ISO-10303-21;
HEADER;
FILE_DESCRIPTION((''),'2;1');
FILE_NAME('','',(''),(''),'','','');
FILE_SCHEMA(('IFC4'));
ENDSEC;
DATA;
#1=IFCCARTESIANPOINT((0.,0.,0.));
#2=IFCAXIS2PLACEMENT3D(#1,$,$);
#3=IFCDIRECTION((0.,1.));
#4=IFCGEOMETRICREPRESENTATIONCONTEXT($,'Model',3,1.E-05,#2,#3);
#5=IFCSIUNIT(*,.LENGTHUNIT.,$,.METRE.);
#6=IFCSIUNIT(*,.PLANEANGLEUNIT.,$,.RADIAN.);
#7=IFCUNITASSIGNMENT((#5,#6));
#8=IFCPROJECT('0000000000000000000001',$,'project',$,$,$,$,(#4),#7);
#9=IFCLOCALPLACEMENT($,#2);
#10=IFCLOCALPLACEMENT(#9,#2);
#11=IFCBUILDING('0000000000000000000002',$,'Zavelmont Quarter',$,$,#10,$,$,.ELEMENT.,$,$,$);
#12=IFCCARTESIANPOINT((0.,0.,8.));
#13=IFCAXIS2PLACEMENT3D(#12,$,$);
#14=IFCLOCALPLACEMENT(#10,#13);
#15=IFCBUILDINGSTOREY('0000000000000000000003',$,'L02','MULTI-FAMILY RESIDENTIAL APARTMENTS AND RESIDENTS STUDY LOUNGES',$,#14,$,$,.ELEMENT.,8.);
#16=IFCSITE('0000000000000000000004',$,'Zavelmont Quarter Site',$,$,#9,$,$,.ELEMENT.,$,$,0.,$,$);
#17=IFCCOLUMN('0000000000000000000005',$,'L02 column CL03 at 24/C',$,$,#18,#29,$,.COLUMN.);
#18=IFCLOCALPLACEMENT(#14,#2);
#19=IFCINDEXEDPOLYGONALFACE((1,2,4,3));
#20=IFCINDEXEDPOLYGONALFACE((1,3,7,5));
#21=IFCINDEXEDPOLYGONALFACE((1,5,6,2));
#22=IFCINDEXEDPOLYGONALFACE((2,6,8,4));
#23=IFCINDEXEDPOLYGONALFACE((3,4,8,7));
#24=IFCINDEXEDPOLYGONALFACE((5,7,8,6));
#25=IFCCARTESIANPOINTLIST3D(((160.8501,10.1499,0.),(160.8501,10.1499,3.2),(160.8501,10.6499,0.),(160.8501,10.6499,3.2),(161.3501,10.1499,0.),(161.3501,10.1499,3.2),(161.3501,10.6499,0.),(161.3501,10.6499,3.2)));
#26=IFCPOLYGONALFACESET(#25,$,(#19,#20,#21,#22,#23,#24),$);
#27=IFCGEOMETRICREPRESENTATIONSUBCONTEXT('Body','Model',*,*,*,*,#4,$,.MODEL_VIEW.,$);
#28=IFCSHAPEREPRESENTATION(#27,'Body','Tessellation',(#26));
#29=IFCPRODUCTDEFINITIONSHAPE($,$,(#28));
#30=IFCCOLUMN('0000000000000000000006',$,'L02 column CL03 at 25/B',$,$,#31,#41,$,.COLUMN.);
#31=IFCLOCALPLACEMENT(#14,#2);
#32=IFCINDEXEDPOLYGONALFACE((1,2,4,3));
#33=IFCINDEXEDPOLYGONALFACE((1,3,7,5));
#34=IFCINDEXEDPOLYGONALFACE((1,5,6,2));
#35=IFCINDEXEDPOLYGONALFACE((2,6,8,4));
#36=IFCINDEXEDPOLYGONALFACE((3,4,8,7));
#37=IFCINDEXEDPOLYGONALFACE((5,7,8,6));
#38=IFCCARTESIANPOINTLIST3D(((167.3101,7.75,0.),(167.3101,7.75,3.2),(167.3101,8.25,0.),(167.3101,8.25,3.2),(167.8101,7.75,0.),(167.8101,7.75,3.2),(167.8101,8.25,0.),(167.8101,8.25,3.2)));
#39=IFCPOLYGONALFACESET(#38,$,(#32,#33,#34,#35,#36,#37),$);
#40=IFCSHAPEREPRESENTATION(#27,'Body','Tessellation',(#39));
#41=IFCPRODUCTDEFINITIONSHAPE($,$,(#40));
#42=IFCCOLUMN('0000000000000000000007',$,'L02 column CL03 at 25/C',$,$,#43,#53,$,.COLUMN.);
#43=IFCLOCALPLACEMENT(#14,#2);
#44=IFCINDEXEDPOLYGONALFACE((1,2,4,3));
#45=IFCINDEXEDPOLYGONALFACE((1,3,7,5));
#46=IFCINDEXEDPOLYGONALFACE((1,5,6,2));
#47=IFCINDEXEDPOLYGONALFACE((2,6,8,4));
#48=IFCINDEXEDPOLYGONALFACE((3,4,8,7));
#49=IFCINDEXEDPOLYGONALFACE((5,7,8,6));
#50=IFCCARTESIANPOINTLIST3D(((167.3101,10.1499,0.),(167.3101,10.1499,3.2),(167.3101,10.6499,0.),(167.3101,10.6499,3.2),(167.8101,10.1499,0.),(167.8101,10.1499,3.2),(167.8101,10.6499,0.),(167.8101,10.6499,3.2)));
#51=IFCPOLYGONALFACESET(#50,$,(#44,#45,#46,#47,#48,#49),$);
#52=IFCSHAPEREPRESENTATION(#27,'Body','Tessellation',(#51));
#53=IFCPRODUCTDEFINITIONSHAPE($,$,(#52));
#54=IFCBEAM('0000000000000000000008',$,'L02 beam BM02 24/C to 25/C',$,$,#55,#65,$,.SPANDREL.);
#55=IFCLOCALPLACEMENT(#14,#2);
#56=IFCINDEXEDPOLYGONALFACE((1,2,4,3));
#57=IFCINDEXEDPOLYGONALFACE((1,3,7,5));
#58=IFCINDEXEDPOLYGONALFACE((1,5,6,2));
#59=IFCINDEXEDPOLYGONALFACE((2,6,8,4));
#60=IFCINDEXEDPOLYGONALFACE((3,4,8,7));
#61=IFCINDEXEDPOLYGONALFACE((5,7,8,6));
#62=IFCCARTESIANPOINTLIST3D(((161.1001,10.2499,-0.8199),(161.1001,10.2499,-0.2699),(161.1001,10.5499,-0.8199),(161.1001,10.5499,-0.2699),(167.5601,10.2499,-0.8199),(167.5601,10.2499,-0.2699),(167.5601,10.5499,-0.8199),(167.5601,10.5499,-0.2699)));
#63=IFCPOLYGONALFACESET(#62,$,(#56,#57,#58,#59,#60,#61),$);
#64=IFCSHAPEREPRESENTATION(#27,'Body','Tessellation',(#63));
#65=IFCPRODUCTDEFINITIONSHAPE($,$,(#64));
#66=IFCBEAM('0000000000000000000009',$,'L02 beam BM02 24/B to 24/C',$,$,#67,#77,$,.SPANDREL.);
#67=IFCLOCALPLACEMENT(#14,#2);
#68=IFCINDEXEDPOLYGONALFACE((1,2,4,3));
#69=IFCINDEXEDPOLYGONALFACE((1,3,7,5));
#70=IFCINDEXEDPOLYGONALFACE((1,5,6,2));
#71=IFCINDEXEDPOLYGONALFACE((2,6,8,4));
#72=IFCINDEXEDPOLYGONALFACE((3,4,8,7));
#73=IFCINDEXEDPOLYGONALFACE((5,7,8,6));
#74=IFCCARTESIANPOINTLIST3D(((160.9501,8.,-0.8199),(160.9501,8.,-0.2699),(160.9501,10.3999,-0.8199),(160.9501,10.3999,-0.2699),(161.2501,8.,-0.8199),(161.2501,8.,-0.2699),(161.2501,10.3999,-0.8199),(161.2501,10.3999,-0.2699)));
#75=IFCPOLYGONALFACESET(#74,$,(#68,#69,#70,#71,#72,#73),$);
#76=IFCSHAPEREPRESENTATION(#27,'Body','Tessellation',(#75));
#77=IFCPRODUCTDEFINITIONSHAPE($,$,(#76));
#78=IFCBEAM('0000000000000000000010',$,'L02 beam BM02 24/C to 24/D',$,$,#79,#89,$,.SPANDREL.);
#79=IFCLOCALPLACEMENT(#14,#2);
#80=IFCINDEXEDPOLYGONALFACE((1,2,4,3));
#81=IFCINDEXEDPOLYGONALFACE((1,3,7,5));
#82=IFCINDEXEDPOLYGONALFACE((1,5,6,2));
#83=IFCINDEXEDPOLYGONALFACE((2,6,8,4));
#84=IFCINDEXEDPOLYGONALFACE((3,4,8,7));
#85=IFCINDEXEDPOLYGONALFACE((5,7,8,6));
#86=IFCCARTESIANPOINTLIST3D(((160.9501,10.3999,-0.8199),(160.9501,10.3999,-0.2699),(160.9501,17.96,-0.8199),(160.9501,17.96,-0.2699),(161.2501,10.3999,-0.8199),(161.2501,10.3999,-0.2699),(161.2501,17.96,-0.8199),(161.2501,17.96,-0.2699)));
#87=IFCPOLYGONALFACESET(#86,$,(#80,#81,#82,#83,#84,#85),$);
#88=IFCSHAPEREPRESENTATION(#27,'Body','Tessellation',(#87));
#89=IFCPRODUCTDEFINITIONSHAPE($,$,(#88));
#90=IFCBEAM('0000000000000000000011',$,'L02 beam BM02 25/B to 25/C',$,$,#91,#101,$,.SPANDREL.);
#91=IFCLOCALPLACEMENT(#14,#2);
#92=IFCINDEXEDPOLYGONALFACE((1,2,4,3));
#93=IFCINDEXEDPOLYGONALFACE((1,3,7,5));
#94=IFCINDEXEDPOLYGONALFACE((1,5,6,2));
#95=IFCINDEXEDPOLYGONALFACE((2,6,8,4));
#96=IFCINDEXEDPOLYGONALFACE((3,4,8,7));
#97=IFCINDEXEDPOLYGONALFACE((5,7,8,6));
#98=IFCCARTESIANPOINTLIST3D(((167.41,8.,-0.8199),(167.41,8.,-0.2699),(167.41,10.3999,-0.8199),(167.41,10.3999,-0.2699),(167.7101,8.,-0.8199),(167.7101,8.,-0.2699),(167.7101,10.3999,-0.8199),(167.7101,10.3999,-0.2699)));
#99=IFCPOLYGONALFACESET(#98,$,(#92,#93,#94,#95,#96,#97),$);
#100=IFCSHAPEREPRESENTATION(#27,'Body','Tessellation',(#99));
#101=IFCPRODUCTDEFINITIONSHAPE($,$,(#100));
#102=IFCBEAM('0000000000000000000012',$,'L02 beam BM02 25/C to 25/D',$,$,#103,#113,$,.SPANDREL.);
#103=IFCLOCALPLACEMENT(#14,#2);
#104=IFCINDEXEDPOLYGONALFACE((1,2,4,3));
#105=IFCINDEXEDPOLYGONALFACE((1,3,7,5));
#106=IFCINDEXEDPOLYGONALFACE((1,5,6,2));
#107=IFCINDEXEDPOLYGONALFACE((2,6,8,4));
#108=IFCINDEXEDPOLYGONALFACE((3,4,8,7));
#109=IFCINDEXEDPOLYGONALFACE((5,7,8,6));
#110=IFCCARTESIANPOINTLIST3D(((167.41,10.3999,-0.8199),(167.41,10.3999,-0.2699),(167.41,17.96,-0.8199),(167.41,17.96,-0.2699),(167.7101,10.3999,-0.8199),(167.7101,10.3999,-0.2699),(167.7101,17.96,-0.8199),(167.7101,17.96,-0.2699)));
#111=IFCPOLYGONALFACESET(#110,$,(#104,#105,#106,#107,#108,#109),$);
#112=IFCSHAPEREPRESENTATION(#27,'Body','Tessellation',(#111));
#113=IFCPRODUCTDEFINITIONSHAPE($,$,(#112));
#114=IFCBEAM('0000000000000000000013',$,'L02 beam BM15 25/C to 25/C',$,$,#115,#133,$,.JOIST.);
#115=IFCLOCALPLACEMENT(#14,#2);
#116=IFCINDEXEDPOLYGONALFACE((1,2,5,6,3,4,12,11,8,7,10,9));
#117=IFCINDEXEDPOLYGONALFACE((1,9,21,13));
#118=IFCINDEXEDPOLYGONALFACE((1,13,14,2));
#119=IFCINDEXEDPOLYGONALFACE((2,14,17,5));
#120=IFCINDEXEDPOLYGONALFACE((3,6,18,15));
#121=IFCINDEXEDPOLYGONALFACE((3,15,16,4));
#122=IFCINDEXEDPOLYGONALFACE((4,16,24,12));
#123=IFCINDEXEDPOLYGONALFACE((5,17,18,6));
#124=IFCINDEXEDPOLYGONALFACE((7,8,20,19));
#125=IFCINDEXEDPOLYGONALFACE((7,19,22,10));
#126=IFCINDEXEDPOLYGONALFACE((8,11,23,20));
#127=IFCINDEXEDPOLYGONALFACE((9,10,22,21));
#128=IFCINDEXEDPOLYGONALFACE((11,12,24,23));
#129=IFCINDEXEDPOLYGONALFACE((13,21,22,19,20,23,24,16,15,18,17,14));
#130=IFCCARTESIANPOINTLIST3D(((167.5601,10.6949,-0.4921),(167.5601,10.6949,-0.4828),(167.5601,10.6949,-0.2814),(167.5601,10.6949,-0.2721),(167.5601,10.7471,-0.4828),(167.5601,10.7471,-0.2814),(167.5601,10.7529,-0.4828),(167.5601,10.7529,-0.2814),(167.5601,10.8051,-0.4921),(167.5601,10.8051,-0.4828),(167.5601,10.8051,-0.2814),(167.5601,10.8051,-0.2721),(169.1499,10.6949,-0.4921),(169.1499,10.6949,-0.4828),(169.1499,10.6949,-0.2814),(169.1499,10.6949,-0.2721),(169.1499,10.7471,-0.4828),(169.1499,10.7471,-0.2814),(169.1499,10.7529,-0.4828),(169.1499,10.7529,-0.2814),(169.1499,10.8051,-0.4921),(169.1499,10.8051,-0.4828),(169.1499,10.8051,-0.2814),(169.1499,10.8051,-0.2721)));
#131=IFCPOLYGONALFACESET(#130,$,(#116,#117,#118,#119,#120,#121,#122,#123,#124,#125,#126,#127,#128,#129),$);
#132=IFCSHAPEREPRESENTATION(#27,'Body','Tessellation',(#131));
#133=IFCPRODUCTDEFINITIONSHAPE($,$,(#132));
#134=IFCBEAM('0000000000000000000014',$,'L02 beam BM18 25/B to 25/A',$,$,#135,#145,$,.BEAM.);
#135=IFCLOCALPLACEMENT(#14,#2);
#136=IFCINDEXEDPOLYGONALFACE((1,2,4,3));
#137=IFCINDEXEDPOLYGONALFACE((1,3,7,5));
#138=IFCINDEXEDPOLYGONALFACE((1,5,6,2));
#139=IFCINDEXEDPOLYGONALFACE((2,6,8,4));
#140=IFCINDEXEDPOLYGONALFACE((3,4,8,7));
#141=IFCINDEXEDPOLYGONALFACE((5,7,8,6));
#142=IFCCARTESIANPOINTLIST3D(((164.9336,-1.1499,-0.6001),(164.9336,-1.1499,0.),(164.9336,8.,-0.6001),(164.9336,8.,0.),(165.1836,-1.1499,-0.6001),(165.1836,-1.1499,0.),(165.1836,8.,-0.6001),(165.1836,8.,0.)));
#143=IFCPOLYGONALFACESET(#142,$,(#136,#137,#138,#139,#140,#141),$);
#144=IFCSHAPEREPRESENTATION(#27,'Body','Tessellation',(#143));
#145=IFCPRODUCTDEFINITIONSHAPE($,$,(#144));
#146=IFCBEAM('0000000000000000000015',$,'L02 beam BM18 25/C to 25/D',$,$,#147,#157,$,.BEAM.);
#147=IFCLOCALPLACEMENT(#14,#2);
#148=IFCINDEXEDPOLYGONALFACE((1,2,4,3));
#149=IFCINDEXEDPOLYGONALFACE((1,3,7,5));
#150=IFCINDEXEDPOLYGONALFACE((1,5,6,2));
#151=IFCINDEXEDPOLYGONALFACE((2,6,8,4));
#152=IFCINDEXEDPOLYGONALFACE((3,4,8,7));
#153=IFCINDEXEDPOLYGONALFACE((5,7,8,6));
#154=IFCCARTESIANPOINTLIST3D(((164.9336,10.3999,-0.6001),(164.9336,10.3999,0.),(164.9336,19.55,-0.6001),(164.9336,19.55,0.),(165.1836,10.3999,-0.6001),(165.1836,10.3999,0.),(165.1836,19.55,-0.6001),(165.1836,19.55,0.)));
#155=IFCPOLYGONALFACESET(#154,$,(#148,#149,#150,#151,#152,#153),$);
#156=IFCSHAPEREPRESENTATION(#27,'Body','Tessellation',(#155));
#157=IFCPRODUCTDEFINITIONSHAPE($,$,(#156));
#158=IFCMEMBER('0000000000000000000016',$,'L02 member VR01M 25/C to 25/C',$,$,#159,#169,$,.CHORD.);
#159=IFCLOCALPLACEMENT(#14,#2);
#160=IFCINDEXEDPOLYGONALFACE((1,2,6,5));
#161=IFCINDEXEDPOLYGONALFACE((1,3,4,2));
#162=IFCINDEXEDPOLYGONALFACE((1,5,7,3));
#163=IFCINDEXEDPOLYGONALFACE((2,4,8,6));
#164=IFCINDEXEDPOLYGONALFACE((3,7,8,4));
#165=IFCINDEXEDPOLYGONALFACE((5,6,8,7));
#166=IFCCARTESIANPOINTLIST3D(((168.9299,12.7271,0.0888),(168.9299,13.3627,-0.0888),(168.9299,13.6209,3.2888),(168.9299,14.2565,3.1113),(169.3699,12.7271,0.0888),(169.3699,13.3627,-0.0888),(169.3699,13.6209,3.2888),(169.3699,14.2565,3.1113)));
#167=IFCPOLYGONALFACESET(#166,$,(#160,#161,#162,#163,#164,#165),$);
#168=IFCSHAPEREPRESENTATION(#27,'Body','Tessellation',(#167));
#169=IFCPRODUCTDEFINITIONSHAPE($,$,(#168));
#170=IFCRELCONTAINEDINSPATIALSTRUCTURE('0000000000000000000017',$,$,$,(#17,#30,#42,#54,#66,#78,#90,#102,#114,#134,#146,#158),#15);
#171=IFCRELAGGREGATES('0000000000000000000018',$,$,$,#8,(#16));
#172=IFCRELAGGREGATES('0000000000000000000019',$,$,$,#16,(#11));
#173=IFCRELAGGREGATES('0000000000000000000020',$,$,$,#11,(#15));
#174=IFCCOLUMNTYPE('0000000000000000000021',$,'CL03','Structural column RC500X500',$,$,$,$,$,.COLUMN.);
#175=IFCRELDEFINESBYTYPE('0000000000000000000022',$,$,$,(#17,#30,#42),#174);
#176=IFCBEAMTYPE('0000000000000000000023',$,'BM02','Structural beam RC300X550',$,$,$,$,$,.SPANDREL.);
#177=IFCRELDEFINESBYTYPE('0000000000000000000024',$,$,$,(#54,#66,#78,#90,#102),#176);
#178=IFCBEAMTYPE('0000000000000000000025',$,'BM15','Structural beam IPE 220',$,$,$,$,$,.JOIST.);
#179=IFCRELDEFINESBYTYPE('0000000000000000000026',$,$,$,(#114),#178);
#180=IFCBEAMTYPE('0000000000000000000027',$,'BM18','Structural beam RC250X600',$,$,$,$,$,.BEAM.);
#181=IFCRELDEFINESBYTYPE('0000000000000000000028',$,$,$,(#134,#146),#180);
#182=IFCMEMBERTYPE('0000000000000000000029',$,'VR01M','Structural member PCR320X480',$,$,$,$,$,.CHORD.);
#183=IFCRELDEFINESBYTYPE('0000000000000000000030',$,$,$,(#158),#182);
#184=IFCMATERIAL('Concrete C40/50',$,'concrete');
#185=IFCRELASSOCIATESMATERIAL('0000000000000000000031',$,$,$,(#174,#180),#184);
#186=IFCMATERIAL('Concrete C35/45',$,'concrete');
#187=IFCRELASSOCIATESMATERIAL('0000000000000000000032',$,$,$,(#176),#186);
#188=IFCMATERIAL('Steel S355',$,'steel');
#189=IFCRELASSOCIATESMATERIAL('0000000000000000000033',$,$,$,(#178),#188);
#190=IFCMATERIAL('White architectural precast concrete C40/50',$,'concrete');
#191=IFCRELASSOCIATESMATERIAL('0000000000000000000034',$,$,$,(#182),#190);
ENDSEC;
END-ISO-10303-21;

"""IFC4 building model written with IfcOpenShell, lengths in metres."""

from ifc_helpers import new_model, si_unit, direction, frame, origin, origin_2d, place, context, subcontext, project, spatial, rectangle, i_section, extrude, material, material_profile, profile_set, type_object, element, save


model = new_model("IFC4")

# Units and contexts
model_context = context("Model", 3, precision=1e-05, world=origin(), true_north=direction((0.0, 1.0)))
body_context = subcontext(model_context, "Body", "Model", "MODEL_VIEW")
ifc_project = project(units=[si_unit("LENGTHUNIT", "METRE"), si_unit("PLANEANGLEUNIT", "RADIAN")], contexts=[model_context])

# Site, building, storey
site_placement = place(None, origin())
site = spatial("IfcSite", under=ifc_project, at=site_placement, Name="Zavelmont Quarter Site", CompositionType="ELEMENT", RefElevation=0.0)
building_placement = place(site_placement, origin())
building = spatial("IfcBuilding", under=site, at=building_placement, Name="Zavelmont Quarter", CompositionType="ELEMENT")
storey_placement = place(building_placement, frame((0.0, 0.0, 8.0)))
storey = spatial("IfcBuildingStorey", under=building, at=storey_placement, Name="L02", Description="MULTI-FAMILY RESIDENTIAL APARTMENTS AND RESIDENTS STUDY LOUNGES", CompositionType="ELEMENT", Elevation=8.0)

# Columns
ifc_material_1 = material(Name="Concrete C40/50", Category="concrete")
ifc_material_profile_1 = material_profile(ifc_material_1, rectangle(XDim=0.5, YDim=0.5, at=origin_2d()), Name="RC500X500")
ifc_profile_set_1 = profile_set([ifc_material_profile_1], Name="Concrete C40/50")
column_type = type_object("IfcColumnType", Name="CL03", Description="Structural column RC500X500", PredefinedType="COLUMN", material=ifc_profile_set_1)
for number, where, z_axis, x_axis, name in (
    (1, (161.1001, 10.3999, 0.0), (0.0, 0.0, 1.0), (1.0, 0.0, 0.0), "L02 column CL03 at 24/C"),
    (2, (167.5601, 8.0, 0.0), (0.0, 0.0, 1.0), (1.0, 0.0, 0.0), "L02 column CL03 at 25/B"),
    (3, (167.5601, 10.3999, 0.0), (0.0, 0.0, 1.0), (1.0, 0.0, 0.0), "L02 column CL03 at 25/C"),
):
    element("IfcColumn", number, at=place(storey_placement, frame(where, z_axis=z_axis, x_axis=x_axis)), inside=storey, type_object=column_type, Name=name, PredefinedType="COLUMN", context=body_context, shape_type="SweptSolid", body=[
        extrude(rectangle(XDim=0.5, YDim=0.5, at=origin_2d()), origin(), (0.0, 0.0, 1.0), 3.2),
    ])

# Beams
ifc_material_2 = material(Name="Concrete C35/45", Category="concrete")
ifc_material_profile_2 = material_profile(ifc_material_2, rectangle(XDim=0.3, YDim=0.55, at=origin_2d()), Name="RC300X550")
ifc_profile_set_2 = profile_set([ifc_material_profile_2], Name="Concrete C35/45")
beam_type_1 = type_object("IfcBeamType", Name="BM02", Description="Structural beam RC300X550", PredefinedType="SPANDREL", material=ifc_profile_set_2)
beam_1_placement = place(storey_placement, frame((161.1001, 10.3999, -0.5449), z_axis=(1.0, 0.0, 0.0), x_axis=(0.0, 1.0, 0.0)))
element("IfcBeam", 4, at=beam_1_placement, inside=storey, type_object=beam_type_1, Name="L02 beam BM02 24/C to 25/C", PredefinedType="SPANDREL", context=body_context, shape_type="SweptSolid", body=[
    extrude(rectangle(XDim=0.3, YDim=0.55, at=origin_2d()), origin(), (0.0, 0.0, 1.0), 6.46),
])
beam_2_placement = place(storey_placement, frame((161.1001, 8.0, -0.5449), z_axis=(0.0, 1.0, 0.0), x_axis=(-1.0, 0.0, 0.0)))
element("IfcBeam", 5, at=beam_2_placement, inside=storey, type_object=beam_type_1, Name="L02 beam BM02 24/B to 24/C", PredefinedType="SPANDREL", context=body_context, shape_type="SweptSolid", body=[
    extrude(rectangle(XDim=0.3, YDim=0.55, at=origin_2d()), origin(), (0.0, 0.0, 1.0), 2.3999),
])
beam_3_placement = place(storey_placement, frame((161.1001, 10.3999, -0.5449), z_axis=(0.0, 1.0, 0.0), x_axis=(-1.0, 0.0, 0.0)))
element("IfcBeam", 6, at=beam_3_placement, inside=storey, type_object=beam_type_1, Name="L02 beam BM02 24/C to 24/D", PredefinedType="SPANDREL", context=body_context, shape_type="SweptSolid", body=[
    extrude(rectangle(XDim=0.3, YDim=0.55, at=origin_2d()), origin(), (0.0, 0.0, 1.0), 7.5601),
])
beam_4_placement = place(storey_placement, frame((167.5601, 8.0, -0.5449), z_axis=(0.0, 1.0, 0.0), x_axis=(-1.0, 0.0, 0.0)))
element("IfcBeam", 7, at=beam_4_placement, inside=storey, type_object=beam_type_1, Name="L02 beam BM02 25/B to 25/C", PredefinedType="SPANDREL", context=body_context, shape_type="SweptSolid", body=[
    extrude(rectangle(XDim=0.3, YDim=0.55, at=origin_2d()), origin(), (0.0, 0.0, 1.0), 2.3999),
])
beam_5_placement = place(storey_placement, frame((167.5601, 10.3999, -0.5449), z_axis=(0.0, 1.0, 0.0), x_axis=(-1.0, 0.0, 0.0)))
element("IfcBeam", 8, at=beam_5_placement, inside=storey, type_object=beam_type_1, Name="L02 beam BM02 25/C to 25/D", PredefinedType="SPANDREL", context=body_context, shape_type="SweptSolid", body=[
    extrude(rectangle(XDim=0.3, YDim=0.55, at=origin_2d()), origin(), (0.0, 0.0, 1.0), 7.5601),
])
ifc_material_3 = material(Name="Steel S355", Category="steel")
ifc_material_profile_3 = material_profile(ifc_material_3, i_section(OverallWidth=0.1101, OverallDepth=0.22, WebThickness=0.0059, FlangeThickness=0.0093, at=origin_2d()), Name="IPE 220")
ifc_profile_set_3 = profile_set([ifc_material_profile_3], Name="Steel S355")
beam_type_2 = type_object("IfcBeamType", Name="BM15", Description="Structural beam IPE 220", PredefinedType="JOIST", material=ifc_profile_set_3)
beam_6_placement = place(storey_placement, frame((167.5601, 10.75, -0.3821), z_axis=(1.0, 0.0, 0.0), x_axis=(0.0, 1.0, 0.0)))
element("IfcBeam", 9, at=beam_6_placement, inside=storey, type_object=beam_type_2, Name="L02 beam BM15 25/C to 25/C", PredefinedType="JOIST", context=body_context, shape_type="SweptSolid", body=[
    extrude(i_section(OverallWidth=0.1101, OverallDepth=0.22, WebThickness=0.0059, FlangeThickness=0.0093, at=origin_2d()), origin(), (0.0, 0.0, 1.0), 1.5898),
])
ifc_material_profile_4 = material_profile(ifc_material_1, rectangle(XDim=0.25, YDim=0.6001, at=origin_2d()), Name="RC250X600")
ifc_profile_set_4 = profile_set([ifc_material_profile_4], Name="Concrete C40/50")
beam_type_3 = type_object("IfcBeamType", Name="BM18", Description="Structural beam RC250X600", PredefinedType="BEAM", material=ifc_profile_set_4)
beam_7_placement = place(storey_placement, frame((165.0586, 8.0, -0.3), z_axis=(0.0, -1.0, 0.0), x_axis=(1.0, 0.0, 0.0)))
element("IfcBeam", 10, at=beam_7_placement, inside=storey, type_object=beam_type_3, Name="L02 beam BM18 25/B to 25/A", PredefinedType="BEAM", context=body_context, shape_type="SweptSolid", body=[
    extrude(rectangle(XDim=0.25, YDim=0.6001, at=origin_2d()), origin(), (0.0, 0.0, 1.0), 9.1499),
])
beam_8_placement = place(storey_placement, frame((165.0586, 10.3999, -0.3), z_axis=(0.0, 1.0, 0.0), x_axis=(-1.0, 0.0, 0.0)))
element("IfcBeam", 11, at=beam_8_placement, inside=storey, type_object=beam_type_3, Name="L02 beam BM18 25/C to 25/D", PredefinedType="BEAM", context=body_context, shape_type="SweptSolid", body=[
    extrude(rectangle(XDim=0.25, YDim=0.6001, at=origin_2d()), origin(), (0.0, 0.0, 1.0), 9.1501),
])

# Member
ifc_material_4 = material(Name="White architectural precast concrete C40/50", Category="concrete")
ifc_material_profile_5 = material_profile(ifc_material_4, rectangle(XDim=0.4399, YDim=0.6599, at=origin_2d()), Name="PCR320X480")
ifc_profile_set_5 = profile_set([ifc_material_profile_5], Name="White architectural precast concrete C40/50")
member_type = type_object("IfcMemberType", Name="VR01M", Description="Structural member PCR320X480", PredefinedType="CHORD", material=ifc_profile_set_5)
member_placement = place(storey_placement, frame((169.1499, 13.0449, 0.0), z_axis=(0.0, 0.269019, 0.963135), x_axis=(-1.0, 0.0, 0.0)))
element("IfcMember", 12, at=member_placement, inside=storey, type_object=member_type, Name="L02 member VR01M 25/C to 25/C", PredefinedType="CHORD", context=body_context, shape_type="SweptSolid", body=[
    extrude(rectangle(XDim=0.4399, YDim=0.6599, at=origin_2d()), origin(), (0.0, 0.0, 1.0), 3.3225),
])

save(model, "model.ifc")
